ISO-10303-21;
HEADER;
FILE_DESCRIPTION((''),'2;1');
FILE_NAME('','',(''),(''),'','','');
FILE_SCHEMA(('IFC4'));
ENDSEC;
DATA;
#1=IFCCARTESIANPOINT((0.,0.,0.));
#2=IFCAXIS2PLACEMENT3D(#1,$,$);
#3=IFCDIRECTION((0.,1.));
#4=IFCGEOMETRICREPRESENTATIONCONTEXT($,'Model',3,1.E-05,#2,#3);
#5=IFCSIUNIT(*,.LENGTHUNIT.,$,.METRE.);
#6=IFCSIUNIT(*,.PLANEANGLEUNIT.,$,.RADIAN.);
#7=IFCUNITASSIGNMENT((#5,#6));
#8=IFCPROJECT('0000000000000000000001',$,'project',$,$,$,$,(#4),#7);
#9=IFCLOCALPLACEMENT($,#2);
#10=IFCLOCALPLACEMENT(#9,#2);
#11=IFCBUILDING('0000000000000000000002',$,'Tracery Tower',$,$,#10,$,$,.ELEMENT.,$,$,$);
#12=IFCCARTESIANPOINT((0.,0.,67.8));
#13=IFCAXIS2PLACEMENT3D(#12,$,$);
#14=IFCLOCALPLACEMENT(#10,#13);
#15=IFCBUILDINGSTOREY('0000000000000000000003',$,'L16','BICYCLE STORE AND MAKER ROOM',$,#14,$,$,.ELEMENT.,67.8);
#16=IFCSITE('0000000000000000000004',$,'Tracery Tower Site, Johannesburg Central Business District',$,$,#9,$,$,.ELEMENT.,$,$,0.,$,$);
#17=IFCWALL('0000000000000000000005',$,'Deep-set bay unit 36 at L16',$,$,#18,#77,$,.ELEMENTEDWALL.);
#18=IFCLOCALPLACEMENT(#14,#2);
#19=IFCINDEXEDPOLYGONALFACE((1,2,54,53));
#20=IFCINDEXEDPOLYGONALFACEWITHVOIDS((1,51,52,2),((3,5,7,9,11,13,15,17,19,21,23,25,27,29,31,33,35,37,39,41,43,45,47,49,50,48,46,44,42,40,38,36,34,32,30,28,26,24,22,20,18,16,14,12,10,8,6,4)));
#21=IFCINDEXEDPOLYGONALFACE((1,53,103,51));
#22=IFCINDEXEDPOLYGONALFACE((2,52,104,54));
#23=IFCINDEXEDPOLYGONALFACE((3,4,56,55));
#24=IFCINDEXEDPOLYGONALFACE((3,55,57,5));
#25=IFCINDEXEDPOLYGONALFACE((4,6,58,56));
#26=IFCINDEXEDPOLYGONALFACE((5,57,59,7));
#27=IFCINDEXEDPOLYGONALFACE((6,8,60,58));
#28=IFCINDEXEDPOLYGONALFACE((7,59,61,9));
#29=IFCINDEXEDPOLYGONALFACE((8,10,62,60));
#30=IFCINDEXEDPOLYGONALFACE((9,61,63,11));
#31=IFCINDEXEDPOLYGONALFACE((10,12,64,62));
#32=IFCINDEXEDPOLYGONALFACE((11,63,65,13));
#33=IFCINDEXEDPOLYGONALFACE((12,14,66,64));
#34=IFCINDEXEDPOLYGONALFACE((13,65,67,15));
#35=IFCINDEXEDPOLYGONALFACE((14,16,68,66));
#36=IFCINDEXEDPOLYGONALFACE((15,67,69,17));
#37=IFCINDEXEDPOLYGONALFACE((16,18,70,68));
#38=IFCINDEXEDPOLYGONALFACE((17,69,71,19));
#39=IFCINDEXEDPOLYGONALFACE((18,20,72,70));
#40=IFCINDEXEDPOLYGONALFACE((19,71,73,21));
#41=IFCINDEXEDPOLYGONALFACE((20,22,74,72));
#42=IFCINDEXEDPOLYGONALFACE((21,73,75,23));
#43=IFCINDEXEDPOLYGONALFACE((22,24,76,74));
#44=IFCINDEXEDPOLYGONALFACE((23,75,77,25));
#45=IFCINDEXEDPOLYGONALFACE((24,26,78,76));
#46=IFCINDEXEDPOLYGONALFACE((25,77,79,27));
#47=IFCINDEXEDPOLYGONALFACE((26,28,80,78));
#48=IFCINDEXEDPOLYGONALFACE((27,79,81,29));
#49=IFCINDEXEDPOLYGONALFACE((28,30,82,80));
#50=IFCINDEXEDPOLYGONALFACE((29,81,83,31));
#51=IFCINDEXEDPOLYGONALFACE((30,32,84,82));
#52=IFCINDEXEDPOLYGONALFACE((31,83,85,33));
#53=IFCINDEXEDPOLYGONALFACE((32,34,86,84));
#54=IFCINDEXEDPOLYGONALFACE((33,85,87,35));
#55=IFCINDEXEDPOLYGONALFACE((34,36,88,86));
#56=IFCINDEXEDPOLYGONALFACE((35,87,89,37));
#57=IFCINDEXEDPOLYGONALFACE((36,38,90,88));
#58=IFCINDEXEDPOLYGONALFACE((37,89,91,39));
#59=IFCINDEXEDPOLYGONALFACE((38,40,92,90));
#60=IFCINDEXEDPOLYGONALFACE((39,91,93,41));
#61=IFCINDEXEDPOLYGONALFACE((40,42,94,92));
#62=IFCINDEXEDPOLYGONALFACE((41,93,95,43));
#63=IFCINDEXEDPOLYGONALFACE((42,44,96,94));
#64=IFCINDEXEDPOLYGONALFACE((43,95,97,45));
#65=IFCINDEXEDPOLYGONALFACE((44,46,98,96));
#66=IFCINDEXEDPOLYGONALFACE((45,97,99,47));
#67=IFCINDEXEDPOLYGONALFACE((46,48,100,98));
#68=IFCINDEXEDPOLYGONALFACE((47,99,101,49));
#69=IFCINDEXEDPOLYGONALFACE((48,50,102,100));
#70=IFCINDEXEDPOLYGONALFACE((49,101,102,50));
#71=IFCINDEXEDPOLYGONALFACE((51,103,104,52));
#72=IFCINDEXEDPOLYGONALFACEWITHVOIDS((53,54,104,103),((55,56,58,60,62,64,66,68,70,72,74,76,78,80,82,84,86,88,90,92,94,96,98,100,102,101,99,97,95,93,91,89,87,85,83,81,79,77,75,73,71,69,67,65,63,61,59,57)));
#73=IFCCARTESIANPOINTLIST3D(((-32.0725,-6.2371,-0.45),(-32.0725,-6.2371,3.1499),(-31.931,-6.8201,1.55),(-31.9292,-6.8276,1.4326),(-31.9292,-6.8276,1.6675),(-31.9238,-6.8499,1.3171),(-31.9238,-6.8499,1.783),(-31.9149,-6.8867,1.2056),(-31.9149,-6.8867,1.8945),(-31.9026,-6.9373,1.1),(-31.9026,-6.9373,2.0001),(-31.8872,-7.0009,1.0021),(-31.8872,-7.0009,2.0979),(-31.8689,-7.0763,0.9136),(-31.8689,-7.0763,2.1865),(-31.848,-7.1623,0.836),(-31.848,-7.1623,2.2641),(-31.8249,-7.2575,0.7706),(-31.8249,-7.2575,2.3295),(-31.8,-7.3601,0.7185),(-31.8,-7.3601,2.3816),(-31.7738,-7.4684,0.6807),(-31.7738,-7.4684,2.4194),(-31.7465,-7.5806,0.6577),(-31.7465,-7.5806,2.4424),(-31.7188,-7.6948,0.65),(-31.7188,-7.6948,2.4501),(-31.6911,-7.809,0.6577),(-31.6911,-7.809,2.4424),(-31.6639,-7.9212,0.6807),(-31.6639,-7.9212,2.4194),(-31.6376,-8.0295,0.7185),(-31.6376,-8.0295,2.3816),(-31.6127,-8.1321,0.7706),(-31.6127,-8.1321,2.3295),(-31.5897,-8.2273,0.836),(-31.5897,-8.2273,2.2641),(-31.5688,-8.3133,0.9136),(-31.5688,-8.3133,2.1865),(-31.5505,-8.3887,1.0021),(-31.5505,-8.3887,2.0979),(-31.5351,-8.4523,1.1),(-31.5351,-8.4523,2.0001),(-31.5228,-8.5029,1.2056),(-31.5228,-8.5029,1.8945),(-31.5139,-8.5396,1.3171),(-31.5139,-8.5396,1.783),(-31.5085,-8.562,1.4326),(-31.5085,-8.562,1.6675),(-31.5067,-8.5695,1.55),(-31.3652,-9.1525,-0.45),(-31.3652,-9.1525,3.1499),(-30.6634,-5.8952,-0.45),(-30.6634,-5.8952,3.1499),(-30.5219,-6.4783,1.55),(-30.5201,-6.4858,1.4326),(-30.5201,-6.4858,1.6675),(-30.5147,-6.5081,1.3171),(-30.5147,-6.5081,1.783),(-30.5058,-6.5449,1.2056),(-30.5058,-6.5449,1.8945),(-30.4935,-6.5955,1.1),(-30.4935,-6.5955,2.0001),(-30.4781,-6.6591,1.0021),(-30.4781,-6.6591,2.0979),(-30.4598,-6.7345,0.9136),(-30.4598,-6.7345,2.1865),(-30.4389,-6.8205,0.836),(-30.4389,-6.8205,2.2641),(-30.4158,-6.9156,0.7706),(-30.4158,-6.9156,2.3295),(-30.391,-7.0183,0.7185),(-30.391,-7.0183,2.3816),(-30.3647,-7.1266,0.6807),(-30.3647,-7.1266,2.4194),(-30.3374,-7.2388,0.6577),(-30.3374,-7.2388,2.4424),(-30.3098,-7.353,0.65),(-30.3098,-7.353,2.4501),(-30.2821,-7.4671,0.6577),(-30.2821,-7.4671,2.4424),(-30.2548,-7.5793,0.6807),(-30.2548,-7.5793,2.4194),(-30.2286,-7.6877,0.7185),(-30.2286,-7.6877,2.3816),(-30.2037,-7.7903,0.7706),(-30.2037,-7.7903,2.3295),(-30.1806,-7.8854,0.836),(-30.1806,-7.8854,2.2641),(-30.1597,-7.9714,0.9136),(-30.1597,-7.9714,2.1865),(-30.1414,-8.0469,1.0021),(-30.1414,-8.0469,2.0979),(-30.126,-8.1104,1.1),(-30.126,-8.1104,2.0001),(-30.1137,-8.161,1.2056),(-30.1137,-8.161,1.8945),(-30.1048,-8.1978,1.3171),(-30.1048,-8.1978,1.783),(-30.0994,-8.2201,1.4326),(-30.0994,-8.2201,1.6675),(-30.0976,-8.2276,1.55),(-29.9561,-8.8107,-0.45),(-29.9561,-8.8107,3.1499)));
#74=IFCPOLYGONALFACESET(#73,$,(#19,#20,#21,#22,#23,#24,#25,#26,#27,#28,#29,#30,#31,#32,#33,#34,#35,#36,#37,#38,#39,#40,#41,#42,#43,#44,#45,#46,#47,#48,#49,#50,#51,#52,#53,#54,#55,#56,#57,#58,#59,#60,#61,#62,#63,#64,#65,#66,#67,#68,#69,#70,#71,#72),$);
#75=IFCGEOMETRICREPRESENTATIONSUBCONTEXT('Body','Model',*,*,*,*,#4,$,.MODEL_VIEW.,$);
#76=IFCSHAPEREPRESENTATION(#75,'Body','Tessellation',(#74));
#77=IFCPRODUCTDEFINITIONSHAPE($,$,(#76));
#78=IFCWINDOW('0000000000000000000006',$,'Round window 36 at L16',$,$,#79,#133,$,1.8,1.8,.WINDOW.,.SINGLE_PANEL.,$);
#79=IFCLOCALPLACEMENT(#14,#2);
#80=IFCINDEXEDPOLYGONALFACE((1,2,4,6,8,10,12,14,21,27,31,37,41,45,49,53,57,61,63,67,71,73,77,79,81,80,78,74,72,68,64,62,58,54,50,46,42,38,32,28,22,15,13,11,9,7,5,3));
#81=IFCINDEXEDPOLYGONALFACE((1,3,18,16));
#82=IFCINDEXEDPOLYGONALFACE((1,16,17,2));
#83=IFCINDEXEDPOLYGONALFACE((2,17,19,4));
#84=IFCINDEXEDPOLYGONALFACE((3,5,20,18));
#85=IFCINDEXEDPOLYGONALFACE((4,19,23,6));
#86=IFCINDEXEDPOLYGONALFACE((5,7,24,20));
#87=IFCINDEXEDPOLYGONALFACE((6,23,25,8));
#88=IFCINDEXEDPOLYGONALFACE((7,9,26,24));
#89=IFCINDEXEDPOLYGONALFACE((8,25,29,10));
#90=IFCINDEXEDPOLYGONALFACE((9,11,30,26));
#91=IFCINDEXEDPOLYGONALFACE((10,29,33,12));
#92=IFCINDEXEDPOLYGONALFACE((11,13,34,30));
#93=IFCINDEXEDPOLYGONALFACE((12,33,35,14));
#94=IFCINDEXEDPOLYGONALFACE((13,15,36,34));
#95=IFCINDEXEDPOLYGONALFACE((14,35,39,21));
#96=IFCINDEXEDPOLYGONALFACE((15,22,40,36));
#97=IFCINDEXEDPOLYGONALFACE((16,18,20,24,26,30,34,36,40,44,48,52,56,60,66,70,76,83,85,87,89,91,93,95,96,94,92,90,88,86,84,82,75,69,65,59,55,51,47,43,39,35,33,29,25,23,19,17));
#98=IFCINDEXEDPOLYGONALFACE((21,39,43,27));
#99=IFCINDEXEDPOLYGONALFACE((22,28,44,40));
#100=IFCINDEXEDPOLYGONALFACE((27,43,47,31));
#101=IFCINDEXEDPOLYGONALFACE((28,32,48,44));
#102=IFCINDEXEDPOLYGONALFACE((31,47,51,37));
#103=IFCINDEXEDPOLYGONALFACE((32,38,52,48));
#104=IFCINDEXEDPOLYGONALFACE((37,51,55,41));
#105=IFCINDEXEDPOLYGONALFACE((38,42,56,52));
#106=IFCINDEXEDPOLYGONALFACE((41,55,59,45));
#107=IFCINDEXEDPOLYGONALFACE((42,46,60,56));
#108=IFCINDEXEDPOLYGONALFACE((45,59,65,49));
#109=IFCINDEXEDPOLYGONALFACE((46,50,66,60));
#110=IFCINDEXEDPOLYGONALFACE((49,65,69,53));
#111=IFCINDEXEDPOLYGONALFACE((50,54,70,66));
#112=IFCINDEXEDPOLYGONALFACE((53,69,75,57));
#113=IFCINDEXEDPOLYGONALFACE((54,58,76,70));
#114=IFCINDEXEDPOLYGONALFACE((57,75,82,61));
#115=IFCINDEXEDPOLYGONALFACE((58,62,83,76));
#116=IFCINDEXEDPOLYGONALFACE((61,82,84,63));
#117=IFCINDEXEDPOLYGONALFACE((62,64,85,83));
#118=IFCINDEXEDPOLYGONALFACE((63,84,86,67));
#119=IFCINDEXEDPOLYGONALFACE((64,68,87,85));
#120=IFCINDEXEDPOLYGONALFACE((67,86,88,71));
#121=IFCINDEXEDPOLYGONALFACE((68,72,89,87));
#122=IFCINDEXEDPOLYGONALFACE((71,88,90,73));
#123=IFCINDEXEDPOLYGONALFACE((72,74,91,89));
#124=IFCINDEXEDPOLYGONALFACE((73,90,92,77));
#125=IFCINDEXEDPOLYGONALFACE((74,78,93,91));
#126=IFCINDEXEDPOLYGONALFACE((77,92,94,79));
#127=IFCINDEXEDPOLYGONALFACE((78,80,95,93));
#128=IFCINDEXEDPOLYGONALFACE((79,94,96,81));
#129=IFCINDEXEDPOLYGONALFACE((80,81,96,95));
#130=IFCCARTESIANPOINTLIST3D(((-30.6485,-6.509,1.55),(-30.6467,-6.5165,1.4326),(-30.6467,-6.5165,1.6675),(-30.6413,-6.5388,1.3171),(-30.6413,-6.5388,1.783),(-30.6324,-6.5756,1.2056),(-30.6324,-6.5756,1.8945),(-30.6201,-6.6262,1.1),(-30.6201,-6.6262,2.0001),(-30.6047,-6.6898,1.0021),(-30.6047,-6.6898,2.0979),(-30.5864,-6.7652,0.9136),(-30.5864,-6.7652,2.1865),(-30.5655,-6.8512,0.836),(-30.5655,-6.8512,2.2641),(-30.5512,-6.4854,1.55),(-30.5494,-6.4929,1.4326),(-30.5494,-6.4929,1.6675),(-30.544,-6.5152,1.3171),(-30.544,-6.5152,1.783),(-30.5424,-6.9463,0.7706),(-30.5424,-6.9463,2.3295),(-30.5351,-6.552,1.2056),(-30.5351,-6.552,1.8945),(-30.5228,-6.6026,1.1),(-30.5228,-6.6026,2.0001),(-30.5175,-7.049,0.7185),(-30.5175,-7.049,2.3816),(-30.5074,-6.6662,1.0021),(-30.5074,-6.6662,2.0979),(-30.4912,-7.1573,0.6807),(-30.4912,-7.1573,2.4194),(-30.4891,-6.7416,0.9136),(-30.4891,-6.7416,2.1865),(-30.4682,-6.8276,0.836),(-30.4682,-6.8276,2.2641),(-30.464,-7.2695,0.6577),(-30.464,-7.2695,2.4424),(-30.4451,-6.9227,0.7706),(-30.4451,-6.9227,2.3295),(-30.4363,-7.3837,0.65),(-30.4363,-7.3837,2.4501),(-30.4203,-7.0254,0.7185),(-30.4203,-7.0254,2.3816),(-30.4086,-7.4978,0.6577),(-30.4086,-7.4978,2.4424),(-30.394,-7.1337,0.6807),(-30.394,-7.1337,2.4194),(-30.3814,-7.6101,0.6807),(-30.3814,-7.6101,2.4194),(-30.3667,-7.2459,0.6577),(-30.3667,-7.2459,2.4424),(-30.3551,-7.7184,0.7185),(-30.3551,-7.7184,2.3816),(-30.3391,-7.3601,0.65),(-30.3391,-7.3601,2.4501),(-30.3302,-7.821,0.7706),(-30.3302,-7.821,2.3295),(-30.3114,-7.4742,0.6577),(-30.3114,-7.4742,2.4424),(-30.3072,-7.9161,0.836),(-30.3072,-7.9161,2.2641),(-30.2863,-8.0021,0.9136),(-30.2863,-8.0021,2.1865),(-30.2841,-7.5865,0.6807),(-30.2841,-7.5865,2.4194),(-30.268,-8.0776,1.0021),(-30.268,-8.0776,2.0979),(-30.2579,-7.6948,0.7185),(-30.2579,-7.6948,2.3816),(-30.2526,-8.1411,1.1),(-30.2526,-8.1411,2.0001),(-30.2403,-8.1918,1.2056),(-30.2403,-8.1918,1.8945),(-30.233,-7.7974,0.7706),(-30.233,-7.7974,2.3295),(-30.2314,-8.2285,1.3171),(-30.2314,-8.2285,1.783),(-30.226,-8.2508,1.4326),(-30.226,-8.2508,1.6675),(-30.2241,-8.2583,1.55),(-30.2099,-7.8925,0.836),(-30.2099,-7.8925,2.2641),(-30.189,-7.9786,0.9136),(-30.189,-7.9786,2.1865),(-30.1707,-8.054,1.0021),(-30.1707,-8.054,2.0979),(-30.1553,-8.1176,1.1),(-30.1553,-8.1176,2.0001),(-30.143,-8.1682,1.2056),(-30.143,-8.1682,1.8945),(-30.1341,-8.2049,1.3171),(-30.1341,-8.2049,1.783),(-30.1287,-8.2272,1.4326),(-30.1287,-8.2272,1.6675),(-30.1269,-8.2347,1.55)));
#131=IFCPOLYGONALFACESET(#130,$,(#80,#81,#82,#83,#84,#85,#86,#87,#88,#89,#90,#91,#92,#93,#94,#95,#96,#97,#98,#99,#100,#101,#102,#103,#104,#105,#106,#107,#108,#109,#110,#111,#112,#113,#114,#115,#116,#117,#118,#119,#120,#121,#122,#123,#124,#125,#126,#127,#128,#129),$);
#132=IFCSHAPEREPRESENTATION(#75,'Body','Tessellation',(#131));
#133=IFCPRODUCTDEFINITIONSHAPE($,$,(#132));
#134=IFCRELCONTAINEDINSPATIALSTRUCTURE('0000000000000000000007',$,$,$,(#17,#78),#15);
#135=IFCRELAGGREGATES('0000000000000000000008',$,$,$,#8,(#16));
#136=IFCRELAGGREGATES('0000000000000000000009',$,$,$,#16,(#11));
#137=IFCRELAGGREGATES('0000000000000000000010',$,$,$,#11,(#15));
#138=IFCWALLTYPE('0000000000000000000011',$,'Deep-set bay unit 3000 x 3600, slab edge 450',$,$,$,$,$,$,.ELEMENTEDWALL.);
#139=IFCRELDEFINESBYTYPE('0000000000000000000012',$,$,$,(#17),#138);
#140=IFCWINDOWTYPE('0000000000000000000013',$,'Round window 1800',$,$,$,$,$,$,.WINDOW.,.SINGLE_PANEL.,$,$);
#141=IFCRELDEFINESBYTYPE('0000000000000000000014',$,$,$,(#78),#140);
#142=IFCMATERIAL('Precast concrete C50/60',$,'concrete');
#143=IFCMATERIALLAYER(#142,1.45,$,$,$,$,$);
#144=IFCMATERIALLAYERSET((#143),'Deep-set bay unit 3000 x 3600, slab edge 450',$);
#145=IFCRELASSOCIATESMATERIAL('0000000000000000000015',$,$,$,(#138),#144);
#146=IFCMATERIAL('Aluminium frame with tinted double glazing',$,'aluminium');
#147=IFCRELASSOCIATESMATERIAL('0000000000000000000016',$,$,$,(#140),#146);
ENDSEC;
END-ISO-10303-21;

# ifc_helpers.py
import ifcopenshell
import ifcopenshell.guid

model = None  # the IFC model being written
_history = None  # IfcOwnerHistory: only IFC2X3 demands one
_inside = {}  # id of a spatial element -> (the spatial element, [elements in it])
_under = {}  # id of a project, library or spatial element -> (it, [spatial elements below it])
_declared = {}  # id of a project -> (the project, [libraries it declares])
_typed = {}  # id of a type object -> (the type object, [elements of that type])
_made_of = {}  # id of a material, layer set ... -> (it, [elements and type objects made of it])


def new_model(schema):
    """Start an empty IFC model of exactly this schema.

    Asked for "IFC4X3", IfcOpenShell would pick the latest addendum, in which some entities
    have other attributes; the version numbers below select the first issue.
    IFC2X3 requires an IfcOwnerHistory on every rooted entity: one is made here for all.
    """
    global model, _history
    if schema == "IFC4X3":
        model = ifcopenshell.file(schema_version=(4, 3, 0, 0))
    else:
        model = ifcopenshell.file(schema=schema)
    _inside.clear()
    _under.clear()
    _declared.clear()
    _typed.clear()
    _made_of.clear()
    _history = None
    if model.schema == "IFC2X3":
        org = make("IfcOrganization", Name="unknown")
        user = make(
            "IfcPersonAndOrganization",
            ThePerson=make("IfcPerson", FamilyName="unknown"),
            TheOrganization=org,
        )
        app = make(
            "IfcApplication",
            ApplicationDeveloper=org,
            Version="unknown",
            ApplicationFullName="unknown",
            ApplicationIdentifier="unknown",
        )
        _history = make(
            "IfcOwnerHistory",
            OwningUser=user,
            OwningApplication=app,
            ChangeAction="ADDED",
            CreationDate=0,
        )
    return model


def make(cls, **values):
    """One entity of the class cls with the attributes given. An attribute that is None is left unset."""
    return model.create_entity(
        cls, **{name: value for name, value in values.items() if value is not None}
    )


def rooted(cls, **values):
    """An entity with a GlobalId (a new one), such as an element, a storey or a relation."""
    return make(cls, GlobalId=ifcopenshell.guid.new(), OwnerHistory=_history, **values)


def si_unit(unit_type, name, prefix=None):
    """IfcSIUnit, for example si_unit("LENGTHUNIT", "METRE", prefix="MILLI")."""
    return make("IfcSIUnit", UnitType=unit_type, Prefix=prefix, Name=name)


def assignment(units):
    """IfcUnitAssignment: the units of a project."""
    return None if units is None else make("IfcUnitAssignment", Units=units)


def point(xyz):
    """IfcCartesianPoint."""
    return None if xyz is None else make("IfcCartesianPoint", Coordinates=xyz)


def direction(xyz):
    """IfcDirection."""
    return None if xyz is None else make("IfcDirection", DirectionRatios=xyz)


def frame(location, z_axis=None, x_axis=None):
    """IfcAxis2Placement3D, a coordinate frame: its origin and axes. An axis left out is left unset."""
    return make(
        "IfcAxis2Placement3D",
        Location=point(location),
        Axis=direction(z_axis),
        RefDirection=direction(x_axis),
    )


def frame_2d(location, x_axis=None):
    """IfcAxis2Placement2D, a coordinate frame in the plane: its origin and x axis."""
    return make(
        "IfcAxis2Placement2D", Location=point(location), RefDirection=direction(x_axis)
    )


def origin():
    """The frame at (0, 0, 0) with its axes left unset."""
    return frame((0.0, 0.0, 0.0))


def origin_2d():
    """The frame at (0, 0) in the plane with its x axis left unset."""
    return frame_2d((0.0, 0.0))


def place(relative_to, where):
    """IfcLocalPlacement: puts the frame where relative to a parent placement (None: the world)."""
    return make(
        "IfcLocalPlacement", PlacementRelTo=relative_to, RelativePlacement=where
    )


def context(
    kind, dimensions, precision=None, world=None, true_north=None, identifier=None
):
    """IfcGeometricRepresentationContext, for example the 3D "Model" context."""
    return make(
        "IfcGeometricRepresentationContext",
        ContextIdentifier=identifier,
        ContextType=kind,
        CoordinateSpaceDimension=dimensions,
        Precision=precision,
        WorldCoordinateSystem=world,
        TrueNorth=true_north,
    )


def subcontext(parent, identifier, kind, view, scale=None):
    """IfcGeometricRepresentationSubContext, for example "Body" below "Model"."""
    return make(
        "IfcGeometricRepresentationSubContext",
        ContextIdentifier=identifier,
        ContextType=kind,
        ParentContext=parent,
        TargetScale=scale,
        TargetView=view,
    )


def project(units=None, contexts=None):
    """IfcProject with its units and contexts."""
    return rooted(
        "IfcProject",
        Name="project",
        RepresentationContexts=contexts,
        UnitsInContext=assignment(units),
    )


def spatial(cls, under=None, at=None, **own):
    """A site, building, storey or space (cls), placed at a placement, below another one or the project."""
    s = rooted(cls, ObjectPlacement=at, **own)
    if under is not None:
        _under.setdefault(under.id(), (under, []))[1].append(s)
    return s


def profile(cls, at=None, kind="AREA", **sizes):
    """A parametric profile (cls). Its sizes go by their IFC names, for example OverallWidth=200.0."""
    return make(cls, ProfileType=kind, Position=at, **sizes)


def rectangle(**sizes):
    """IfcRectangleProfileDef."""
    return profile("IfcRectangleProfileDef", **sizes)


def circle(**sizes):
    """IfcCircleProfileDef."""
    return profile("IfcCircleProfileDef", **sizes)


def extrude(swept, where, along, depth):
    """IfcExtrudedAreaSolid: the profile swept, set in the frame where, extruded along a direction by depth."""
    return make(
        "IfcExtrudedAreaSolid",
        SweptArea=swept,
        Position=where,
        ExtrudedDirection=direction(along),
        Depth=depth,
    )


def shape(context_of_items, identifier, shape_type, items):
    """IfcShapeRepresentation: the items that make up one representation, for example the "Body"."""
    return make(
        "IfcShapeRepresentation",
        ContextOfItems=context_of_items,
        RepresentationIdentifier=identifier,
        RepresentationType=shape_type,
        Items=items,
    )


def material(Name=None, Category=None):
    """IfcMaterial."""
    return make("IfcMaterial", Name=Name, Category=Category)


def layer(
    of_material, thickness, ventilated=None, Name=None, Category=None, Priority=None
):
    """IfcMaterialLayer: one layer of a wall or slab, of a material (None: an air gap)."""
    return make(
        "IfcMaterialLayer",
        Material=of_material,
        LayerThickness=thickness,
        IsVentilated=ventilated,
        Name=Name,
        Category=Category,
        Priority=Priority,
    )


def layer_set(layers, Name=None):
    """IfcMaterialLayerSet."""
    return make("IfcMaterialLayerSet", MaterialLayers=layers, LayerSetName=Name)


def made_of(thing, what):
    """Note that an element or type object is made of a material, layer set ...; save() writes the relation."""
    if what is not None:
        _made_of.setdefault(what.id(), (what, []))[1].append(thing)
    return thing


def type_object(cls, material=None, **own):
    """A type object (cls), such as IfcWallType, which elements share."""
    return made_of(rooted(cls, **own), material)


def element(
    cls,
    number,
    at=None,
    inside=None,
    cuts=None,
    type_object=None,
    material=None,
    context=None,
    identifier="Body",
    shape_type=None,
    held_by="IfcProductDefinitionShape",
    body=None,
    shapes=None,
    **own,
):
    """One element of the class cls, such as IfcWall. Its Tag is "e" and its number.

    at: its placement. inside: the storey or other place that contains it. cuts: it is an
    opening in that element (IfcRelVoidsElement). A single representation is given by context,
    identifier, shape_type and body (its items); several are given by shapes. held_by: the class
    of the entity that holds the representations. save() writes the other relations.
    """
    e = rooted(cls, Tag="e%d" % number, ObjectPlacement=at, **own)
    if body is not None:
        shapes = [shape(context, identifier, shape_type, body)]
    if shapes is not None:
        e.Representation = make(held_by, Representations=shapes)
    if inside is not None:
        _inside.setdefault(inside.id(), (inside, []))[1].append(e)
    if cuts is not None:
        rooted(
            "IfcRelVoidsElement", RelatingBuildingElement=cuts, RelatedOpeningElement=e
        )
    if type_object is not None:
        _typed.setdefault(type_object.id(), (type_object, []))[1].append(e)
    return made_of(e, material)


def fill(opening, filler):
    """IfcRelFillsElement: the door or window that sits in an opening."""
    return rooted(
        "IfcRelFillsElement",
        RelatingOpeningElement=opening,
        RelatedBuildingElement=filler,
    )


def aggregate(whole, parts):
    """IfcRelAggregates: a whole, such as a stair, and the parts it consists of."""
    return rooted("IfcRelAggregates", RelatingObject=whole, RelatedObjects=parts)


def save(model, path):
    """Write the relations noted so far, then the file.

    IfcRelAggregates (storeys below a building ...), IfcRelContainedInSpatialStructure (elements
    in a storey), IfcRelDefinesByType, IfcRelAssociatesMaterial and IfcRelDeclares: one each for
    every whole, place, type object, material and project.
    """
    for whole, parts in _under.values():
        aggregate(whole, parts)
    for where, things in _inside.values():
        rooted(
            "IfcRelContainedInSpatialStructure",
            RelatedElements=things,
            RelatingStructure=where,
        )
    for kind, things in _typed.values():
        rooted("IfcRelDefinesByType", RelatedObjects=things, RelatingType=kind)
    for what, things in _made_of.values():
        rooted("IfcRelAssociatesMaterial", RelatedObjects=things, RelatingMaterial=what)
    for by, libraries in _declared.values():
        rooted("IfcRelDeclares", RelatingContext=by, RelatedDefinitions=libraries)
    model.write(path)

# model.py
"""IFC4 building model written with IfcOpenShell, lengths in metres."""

from ifc_helpers import new_model, si_unit, direction, frame, frame_2d, origin, origin_2d, place, context, subcontext, project, spatial, rectangle, circle, extrude, material, layer, layer_set, type_object, element, fill, save


model = new_model("IFC4")

# Units and contexts
model_context = context("Model", 3, precision=1e-05, world=origin(), true_north=direction((0.0, 1.0)))
body_context = subcontext(model_context, "Body", "Model", "MODEL_VIEW")
ifc_project = project(units=[si_unit("LENGTHUNIT", "METRE"), si_unit("PLANEANGLEUNIT", "RADIAN")], contexts=[model_context])

# Site, building, storey
site_placement = place(None, origin())
site = spatial("IfcSite", under=ifc_project, at=site_placement, Name="Tracery Tower Site, Johannesburg Central Business District", CompositionType="ELEMENT", RefElevation=0.0)
building_placement = place(site_placement, origin())
building = spatial("IfcBuilding", under=site, at=building_placement, Name="Tracery Tower", CompositionType="ELEMENT")
storey_placement = place(building_placement, frame((0.0, 0.0, 67.8)))
storey = spatial("IfcBuildingStorey", under=building, at=storey_placement, Name="L16", Description="BICYCLE STORE AND MAKER ROOM", CompositionType="ELEMENT", Elevation=67.8)

# Wall, opening, window
ifc_material_1 = material(Name="Precast concrete C50/60", Category="concrete")
ifc_layer_1 = layer(ifc_material_1, 1.45)
ifc_layer_set_1 = layer_set([ifc_layer_1], Name="Deep-set bay unit 3000 x 3600, slab edge 450")
wall_type_1 = type_object("IfcWallType", Name="Deep-set bay unit 3000 x 3600, slab edge 450", PredefinedType="ELEMENTEDWALL", material=ifc_layer_set_1)
wall_1_placement = place(storey_placement, frame((-31.3679, -6.0662, -0.45), z_axis=(0.0, 0.0, 1.0), x_axis=(0.235751, -0.971813, 0.0)))
wall_1 = element("IfcWall", 1, at=wall_1_placement, inside=storey, type_object=wall_type_1, Name="Deep-set bay unit 36 at L16", PredefinedType="ELEMENTEDWALL", context=body_context, shape_type="SweptSolid", body=[
    extrude(rectangle(XDim=3.0, YDim=1.45, at=frame_2d((1.5, 0.0))), origin(), (0.0, 0.0, 1.0), 3.5999),
])
opening_1_placement = place(wall_1_placement, frame((1.5, 0.0, 2.0)))
opening_1 = element("IfcOpeningElement", 2, at=opening_1_placement, cuts=wall_1, PredefinedType="OPENING", context=body_context, shape_type="SweptSolid", body=[
    extrude(circle(Radius=0.9, at=origin_2d()), frame((0.0, 0.7349, 0.0), z_axis=(0.0, -1.0, 0.0), x_axis=(1.0, 0.0, 0.0)), (0.0, 0.0, 1.0), 1.47),
])
ifc_material_2 = material(Name="Aluminium frame with tinted double glazing", Category="aluminium")
window_type = type_object("IfcWindowType", Name="Round window 1800", PartitioningType="SINGLE_PANEL", PredefinedType="WINDOW", material=ifc_material_2)
window_1_placement = place(opening_1_placement, origin())
window_1 = element("IfcWindow", 3, at=window_1_placement, inside=storey, type_object=window_type, Name="Round window 36 at L16", OverallHeight=1.8, OverallWidth=1.8, PartitioningType="SINGLE_PANEL", PredefinedType="WINDOW", context=body_context, shape_type="SweptSolid", body=[
    extrude(circle(Radius=0.9, at=origin_2d()), frame((0.0, 0.6948, 0.0), z_axis=(0.0, -1.0, 0.0), x_axis=(1.0, 0.0, 0.0)), (0.0, 0.0, 1.0), 0.1001),
])
fill(opening_1, window_1)

save(model, "model.ifc")
